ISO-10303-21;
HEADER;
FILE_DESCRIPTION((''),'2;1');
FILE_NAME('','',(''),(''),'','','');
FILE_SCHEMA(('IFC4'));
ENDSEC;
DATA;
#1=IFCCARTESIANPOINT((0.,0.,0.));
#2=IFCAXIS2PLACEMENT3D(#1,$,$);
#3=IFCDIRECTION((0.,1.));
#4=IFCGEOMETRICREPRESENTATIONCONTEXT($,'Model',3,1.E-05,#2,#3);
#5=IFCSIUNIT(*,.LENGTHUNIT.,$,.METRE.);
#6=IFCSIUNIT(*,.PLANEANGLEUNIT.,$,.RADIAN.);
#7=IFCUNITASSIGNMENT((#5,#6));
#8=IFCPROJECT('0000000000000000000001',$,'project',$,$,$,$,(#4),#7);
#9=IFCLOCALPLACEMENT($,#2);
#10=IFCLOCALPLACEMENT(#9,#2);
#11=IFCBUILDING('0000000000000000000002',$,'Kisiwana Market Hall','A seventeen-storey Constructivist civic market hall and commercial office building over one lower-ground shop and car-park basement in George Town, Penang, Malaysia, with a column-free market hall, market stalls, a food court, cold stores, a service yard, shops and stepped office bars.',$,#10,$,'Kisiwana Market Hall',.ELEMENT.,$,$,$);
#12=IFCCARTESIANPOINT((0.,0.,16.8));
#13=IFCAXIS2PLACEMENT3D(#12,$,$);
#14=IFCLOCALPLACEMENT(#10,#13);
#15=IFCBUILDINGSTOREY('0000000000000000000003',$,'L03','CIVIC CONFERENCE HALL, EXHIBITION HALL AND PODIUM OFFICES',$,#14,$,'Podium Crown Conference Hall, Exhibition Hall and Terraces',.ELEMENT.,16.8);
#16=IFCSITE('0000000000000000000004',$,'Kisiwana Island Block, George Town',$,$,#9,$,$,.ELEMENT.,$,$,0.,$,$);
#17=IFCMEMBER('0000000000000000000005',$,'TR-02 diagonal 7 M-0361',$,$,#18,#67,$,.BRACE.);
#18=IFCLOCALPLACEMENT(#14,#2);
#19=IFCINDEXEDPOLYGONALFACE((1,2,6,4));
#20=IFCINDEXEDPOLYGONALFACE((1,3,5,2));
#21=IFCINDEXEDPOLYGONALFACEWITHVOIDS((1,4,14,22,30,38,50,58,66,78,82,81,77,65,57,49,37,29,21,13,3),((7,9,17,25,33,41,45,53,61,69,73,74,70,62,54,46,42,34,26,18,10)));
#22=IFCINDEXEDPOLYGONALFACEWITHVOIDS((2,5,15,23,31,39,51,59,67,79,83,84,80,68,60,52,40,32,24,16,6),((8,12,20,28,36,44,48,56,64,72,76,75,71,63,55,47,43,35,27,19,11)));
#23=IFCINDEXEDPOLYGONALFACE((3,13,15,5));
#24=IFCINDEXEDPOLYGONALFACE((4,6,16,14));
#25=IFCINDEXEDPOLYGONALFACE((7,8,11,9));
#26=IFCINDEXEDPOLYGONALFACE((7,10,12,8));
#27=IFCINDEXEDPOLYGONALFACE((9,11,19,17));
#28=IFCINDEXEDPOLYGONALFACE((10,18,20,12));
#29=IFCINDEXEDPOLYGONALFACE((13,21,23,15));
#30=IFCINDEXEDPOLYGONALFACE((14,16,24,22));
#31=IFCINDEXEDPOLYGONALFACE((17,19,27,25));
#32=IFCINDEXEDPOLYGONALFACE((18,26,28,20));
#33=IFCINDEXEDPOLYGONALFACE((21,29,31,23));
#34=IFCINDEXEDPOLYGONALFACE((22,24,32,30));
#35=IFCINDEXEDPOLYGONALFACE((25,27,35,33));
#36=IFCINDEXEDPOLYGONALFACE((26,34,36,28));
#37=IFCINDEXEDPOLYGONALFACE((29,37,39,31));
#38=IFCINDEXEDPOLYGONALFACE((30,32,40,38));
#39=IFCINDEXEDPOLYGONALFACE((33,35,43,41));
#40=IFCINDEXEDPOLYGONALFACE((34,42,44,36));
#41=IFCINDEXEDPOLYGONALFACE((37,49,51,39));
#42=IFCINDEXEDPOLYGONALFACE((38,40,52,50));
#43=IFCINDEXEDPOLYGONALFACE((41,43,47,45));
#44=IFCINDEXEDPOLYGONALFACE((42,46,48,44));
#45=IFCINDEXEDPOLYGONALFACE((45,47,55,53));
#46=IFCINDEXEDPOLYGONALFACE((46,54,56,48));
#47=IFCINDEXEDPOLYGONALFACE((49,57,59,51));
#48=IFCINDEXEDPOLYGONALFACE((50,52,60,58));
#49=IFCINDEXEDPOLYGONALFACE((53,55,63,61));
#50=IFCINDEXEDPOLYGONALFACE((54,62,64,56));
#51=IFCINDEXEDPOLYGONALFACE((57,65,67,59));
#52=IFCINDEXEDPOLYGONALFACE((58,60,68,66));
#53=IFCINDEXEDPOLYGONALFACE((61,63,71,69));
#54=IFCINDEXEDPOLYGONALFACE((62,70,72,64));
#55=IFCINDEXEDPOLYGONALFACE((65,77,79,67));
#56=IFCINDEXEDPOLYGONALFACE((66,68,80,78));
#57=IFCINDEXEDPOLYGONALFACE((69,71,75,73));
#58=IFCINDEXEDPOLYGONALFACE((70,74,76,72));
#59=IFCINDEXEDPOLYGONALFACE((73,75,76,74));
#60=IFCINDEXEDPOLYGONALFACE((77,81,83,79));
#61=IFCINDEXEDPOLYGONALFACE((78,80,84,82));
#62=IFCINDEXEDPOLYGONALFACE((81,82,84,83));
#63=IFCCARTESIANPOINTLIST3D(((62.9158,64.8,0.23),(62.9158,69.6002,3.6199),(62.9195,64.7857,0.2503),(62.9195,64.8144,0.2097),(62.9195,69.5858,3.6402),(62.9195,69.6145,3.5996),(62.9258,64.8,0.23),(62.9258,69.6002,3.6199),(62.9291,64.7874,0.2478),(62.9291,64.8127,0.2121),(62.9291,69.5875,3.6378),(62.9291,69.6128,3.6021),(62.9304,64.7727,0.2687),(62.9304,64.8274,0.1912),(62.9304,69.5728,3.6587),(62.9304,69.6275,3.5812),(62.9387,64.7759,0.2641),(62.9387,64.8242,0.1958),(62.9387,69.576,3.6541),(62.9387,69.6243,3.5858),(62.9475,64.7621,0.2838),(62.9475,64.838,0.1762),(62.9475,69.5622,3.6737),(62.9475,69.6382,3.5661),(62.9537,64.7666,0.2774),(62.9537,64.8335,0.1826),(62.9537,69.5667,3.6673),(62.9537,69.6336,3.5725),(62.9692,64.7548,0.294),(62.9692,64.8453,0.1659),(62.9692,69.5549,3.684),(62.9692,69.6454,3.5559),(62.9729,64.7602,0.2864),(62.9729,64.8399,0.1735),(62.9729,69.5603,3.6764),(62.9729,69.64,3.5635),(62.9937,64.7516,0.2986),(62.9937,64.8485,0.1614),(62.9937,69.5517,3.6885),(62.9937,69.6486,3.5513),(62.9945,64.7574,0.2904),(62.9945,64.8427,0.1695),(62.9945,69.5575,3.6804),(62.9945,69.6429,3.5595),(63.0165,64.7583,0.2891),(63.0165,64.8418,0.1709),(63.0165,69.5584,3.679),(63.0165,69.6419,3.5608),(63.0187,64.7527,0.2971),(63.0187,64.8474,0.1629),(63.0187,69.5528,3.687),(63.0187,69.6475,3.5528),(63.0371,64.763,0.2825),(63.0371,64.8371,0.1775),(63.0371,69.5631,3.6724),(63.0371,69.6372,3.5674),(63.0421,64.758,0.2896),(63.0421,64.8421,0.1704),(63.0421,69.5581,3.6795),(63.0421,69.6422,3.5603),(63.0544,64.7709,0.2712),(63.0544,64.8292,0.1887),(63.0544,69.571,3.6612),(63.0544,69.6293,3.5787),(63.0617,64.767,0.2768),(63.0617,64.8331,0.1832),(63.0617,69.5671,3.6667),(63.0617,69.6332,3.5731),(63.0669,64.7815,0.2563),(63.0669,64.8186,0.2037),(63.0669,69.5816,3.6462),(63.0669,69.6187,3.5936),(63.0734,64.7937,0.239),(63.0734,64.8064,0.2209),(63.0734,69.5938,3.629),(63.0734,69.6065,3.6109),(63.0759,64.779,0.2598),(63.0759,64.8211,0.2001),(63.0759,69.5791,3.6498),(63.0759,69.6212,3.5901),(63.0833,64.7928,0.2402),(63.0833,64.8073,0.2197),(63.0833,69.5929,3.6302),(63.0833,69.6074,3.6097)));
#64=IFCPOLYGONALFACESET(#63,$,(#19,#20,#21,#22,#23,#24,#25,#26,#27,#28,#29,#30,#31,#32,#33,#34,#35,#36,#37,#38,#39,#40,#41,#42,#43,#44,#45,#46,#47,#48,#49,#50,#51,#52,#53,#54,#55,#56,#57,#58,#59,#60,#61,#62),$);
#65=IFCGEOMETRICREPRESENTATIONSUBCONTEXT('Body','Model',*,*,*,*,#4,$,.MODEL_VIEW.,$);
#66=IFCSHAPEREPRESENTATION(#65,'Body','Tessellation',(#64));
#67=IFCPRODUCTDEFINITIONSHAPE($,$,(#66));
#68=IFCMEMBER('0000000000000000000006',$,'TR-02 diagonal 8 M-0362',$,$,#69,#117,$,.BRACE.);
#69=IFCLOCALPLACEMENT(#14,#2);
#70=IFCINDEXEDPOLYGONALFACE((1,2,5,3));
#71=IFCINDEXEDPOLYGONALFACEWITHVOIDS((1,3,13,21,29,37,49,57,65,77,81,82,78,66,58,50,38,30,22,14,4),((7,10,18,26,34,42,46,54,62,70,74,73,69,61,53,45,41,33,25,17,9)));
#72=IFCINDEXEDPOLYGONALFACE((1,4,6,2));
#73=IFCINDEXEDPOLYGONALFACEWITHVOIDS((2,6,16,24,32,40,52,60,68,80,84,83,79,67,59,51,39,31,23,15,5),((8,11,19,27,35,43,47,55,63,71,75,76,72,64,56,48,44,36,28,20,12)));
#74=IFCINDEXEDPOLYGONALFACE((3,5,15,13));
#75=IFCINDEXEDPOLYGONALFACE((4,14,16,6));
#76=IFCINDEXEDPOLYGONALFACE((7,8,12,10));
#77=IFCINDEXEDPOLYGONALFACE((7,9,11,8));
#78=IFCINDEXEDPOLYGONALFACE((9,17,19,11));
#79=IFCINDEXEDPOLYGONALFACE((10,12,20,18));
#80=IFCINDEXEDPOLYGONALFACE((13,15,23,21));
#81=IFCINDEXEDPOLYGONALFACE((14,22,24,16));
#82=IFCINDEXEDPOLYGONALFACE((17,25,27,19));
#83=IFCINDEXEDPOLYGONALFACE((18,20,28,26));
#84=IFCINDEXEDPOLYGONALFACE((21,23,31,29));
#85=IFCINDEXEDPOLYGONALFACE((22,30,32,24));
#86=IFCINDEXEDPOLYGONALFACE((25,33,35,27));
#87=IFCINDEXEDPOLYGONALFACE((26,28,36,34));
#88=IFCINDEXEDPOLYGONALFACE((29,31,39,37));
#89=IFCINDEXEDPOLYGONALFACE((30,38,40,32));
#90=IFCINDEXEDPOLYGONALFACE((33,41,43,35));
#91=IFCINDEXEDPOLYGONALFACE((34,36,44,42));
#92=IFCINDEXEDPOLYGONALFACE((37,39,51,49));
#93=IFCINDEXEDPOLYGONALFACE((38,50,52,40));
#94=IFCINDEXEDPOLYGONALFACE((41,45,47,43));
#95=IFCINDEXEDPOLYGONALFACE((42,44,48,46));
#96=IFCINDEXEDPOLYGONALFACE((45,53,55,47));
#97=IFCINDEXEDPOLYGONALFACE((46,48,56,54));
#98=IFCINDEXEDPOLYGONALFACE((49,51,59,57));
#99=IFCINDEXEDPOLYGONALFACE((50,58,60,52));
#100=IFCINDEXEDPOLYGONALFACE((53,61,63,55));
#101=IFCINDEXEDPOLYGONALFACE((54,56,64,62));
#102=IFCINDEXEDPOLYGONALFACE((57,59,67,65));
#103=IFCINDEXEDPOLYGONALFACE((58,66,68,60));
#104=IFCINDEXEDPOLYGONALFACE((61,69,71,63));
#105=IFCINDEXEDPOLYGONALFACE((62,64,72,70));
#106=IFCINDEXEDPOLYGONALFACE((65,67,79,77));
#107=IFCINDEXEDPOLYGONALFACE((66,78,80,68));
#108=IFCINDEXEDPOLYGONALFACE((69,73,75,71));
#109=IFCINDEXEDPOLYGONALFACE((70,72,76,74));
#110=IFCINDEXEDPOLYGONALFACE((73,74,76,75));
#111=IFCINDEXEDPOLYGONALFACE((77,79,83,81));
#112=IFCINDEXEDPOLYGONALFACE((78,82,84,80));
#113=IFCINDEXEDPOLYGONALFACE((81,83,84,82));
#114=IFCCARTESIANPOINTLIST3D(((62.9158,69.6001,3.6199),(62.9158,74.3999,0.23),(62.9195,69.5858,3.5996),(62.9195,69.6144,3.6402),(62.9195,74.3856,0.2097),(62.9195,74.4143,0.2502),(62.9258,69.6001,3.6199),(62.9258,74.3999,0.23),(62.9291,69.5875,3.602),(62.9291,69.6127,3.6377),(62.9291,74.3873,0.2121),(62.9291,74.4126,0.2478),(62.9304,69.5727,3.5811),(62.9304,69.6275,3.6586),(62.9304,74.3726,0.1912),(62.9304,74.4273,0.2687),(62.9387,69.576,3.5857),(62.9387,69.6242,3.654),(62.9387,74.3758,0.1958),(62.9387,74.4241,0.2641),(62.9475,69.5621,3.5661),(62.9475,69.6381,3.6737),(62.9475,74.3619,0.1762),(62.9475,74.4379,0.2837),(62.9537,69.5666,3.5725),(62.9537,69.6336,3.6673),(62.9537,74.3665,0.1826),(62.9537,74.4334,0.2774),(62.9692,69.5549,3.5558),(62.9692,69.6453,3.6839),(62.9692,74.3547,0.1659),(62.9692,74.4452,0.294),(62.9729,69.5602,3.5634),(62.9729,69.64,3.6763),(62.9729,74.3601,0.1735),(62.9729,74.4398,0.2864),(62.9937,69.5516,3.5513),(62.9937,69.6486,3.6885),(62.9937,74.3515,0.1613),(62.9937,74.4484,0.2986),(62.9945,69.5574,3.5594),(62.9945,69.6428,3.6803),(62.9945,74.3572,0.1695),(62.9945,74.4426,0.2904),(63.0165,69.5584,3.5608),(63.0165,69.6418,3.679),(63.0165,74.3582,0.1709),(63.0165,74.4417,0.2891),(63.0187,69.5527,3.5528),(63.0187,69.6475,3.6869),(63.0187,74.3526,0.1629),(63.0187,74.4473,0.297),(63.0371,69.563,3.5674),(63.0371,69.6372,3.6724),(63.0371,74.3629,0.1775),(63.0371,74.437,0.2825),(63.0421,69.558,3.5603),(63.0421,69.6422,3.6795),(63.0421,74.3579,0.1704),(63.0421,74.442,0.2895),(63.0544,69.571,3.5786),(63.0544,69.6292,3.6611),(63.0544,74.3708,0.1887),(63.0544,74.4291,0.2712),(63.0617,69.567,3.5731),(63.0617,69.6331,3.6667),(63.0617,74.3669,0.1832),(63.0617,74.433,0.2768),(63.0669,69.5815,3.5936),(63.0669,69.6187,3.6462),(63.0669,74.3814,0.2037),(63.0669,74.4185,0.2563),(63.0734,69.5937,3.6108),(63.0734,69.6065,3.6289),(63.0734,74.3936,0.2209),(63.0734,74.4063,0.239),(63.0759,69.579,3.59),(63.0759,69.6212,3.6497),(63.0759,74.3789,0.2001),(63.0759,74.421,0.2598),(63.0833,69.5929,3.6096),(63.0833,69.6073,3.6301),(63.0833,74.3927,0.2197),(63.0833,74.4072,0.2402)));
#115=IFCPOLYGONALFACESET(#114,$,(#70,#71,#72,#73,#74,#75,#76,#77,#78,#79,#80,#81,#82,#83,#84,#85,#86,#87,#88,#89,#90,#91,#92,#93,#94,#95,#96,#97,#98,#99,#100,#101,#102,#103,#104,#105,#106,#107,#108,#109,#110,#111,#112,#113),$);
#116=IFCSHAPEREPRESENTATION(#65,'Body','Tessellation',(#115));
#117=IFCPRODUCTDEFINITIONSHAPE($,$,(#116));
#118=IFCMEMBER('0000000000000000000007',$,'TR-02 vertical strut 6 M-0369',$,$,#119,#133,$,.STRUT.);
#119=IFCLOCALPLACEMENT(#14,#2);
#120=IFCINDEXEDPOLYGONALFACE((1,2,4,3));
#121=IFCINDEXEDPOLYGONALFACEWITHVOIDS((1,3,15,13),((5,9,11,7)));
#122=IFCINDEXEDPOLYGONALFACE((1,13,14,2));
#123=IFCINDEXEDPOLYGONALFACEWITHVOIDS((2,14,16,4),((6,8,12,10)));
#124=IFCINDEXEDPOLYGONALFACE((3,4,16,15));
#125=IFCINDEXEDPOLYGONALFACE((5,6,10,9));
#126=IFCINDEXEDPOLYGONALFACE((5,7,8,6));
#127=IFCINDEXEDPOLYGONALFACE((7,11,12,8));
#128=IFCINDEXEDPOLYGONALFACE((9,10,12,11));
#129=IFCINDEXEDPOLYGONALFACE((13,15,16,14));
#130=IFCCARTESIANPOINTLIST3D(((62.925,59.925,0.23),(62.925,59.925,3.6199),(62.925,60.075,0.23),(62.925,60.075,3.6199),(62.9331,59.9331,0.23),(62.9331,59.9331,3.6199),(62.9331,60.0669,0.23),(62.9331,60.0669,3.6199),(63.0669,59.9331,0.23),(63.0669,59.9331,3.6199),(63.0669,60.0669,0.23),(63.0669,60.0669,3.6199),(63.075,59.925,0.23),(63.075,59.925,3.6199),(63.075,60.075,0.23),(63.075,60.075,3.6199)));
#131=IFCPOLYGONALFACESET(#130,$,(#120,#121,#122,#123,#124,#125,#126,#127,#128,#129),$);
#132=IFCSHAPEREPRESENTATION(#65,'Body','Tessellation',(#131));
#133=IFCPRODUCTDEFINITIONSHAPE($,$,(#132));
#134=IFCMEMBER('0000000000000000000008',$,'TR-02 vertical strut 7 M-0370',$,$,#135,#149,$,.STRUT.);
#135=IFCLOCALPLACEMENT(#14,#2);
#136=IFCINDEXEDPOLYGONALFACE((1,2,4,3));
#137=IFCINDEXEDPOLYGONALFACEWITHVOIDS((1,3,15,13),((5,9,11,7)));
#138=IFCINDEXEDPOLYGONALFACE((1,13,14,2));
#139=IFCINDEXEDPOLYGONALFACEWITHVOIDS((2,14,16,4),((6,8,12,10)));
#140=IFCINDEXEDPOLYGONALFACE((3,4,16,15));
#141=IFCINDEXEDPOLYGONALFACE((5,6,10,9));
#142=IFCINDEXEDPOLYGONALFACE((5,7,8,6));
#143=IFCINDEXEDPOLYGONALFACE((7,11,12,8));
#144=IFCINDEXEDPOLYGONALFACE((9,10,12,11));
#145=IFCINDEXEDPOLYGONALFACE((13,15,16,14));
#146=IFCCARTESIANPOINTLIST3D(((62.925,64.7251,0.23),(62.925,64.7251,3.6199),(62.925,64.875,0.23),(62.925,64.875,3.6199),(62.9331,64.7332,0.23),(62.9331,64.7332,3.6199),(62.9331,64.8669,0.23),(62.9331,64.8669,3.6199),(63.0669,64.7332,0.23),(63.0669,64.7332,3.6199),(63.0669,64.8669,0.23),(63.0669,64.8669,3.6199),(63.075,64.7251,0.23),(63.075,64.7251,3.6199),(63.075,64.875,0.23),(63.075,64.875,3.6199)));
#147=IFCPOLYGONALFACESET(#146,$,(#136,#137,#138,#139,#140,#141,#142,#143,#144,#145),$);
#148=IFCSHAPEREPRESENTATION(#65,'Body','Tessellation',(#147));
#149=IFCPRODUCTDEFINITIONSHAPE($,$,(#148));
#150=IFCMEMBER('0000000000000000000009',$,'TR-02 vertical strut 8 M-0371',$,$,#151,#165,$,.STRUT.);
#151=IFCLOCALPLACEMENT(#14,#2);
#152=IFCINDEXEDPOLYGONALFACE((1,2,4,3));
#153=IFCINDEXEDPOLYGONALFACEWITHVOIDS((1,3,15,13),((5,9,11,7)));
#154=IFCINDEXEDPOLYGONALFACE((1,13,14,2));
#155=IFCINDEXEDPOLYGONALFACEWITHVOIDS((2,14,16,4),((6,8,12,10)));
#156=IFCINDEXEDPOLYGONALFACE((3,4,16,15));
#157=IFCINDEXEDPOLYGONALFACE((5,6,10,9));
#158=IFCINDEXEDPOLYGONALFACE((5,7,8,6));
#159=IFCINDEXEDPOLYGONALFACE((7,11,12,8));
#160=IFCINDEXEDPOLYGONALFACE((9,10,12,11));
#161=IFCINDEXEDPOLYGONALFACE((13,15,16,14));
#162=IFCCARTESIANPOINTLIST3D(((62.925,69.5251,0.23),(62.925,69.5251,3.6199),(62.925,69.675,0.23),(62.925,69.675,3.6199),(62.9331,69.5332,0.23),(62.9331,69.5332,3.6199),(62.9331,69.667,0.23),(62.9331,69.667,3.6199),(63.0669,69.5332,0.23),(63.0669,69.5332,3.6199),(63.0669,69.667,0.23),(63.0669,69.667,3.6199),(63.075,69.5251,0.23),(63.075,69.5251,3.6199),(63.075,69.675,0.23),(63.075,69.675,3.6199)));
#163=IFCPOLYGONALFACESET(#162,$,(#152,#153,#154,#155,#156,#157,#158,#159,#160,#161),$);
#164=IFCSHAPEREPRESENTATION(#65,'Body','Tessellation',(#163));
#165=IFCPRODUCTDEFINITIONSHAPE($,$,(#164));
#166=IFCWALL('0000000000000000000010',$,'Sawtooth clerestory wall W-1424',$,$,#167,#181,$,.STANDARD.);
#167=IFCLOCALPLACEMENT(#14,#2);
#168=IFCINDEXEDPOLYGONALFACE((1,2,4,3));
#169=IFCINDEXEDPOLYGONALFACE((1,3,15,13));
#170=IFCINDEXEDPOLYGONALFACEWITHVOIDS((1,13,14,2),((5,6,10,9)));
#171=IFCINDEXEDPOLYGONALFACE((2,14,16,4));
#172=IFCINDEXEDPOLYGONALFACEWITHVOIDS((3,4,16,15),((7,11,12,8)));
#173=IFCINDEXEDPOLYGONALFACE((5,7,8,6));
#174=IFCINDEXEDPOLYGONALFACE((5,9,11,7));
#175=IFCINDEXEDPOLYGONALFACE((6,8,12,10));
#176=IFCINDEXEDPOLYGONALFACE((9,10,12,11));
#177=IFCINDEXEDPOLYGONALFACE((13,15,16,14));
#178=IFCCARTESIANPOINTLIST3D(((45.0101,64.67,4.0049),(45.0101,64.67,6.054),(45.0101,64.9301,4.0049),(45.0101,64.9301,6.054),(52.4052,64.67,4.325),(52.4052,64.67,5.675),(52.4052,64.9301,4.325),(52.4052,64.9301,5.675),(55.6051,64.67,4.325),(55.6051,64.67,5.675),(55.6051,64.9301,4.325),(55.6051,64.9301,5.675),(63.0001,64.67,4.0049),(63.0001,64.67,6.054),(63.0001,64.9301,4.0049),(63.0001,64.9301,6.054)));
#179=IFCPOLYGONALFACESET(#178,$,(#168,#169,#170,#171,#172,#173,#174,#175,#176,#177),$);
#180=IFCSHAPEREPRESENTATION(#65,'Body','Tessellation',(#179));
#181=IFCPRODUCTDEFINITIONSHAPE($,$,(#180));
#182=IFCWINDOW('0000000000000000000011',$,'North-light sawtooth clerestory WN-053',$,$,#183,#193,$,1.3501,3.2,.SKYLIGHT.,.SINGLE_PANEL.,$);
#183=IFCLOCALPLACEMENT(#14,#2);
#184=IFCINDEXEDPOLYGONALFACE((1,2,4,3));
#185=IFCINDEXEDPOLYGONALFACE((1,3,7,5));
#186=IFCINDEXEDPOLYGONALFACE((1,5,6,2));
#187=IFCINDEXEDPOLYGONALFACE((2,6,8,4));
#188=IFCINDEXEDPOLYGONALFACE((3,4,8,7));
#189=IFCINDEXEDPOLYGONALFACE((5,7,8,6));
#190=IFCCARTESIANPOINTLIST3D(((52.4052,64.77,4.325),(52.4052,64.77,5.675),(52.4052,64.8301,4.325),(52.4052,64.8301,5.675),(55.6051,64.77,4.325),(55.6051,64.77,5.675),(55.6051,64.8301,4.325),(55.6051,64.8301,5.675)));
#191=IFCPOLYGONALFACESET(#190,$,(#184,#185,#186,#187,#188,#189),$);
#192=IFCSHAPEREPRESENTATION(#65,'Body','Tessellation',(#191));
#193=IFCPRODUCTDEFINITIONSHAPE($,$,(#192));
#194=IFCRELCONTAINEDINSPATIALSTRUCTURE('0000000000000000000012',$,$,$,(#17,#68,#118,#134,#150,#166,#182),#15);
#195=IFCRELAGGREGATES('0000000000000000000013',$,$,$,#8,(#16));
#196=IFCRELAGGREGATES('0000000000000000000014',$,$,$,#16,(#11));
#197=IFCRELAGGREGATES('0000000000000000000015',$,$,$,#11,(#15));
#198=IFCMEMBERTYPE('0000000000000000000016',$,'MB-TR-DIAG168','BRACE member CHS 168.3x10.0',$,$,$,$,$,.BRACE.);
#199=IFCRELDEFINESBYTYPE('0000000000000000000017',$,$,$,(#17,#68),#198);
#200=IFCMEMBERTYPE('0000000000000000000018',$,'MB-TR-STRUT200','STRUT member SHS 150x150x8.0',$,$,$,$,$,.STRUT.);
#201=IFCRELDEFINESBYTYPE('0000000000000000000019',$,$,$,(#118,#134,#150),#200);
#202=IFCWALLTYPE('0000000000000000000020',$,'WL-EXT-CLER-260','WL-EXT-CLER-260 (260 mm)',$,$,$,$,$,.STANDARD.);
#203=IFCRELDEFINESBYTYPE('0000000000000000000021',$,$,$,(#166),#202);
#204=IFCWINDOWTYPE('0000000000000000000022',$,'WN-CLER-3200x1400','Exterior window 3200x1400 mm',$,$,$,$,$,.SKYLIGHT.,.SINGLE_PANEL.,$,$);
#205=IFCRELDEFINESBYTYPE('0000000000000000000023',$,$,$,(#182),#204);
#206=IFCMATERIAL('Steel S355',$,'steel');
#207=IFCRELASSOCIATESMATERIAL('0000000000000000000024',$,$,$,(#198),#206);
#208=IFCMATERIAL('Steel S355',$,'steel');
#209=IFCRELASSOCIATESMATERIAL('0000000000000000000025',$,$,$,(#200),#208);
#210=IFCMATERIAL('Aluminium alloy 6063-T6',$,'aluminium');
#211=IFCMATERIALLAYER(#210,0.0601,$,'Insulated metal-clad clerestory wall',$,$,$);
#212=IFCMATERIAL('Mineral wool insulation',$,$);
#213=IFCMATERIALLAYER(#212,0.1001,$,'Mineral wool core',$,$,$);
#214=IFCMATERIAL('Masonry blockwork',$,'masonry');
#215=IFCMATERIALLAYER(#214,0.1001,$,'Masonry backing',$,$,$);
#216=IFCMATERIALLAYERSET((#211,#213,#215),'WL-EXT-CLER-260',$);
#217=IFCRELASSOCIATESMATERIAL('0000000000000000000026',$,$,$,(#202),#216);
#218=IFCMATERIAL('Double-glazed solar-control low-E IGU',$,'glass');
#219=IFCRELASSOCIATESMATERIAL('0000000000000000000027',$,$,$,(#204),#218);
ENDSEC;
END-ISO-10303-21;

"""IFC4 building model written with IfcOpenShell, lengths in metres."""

from ifc_helpers import new_model, si_unit, direction, frame, frame_2d, origin, origin_2d, place, context, subcontext, project, spatial, rectangle, hollow_rectangle, hollow_circle, extrude, material, layer, layer_set, material_profile, profile_set, type_object, element, fill, save


model = new_model("IFC4")

# Units and contexts
model_context = context("Model", 3, precision=1e-05, world=origin(), true_north=direction((0.0, 1.0)))
body_context = subcontext(model_context, "Body", "Model", "MODEL_VIEW")
ifc_project = project(units=[si_unit("LENGTHUNIT", "METRE"), si_unit("PLANEANGLEUNIT", "RADIAN")], contexts=[model_context])

# Site, building, storey
site_placement = place(None, origin())
site = spatial("IfcSite", under=ifc_project, at=site_placement, Name="Kisiwana Island Block, George Town", CompositionType="ELEMENT", RefElevation=0.0)
building_placement = place(site_placement, origin())
building = spatial("IfcBuilding", under=site, at=building_placement, Name="Kisiwana Market Hall", Description="A seventeen-storey Constructivist civic market hall and commercial office building over one lower-ground shop and car-park basement in George Town, Penang, Malaysia, with a column-free market hall, market stalls, a food court, cold stores, a service yard, shops and stepped office bars.", LongName="Kisiwana Market Hall", CompositionType="ELEMENT")
storey_placement = place(building_placement, frame((0.0, 0.0, 16.8)))
storey = spatial("IfcBuildingStorey", under=building, at=storey_placement, Name="L03", Description="CIVIC CONFERENCE HALL, EXHIBITION HALL AND PODIUM OFFICES", LongName="Podium Crown Conference Hall, Exhibition Hall and Terraces", CompositionType="ELEMENT", Elevation=16.8)

# Members
ifc_material_1 = material(Name="Steel S355", Category="steel")
ifc_material_profile_1 = material_profile(ifc_material_1, hollow_circle(Radius=0.0842, WallThickness=0.01, at=origin_2d()), Name="CHS 168.3x10.0")
ifc_profile_set_1 = profile_set([ifc_material_profile_1], Name="Steel S355")
member_type_1 = type_object("IfcMemberType", Name="MB-TR-DIAG168", Description="BRACE member CHS 168.3x10.0", PredefinedType="BRACE", material=ifc_profile_set_1)
for number, where, z_axis, x_axis, name in (
    (1, (63.0, 64.8, 0.23), (0.0, 0.816838, 0.576868), (-1.0, 0.0, 0.0), "TR-02 diagonal 7 M-0361"),
):
    element("IfcMember", number, at=place(storey_placement, frame(where, z_axis=z_axis, x_axis=x_axis)), inside=storey, type_object=member_type_1, Name=name, PredefinedType="BRACE", context=body_context, shape_type="SweptSolid", body=[
        extrude(hollow_circle(Radius=0.0842, WallThickness=0.01, at=origin_2d()), origin(), (0.0, 0.0, 1.0), 5.8765),
    ])
member_1_placement = place(storey_placement, frame((63.0, 69.6001, 3.6199), z_axis=(0.0, 0.816824, -0.576887), x_axis=(-1.0, 0.0, 0.0)))
element("IfcMember", 2, at=member_1_placement, inside=storey, type_object=member_type_1, Name="TR-02 diagonal 8 M-0362", PredefinedType="BRACE", context=body_context, shape_type="SweptSolid", body=[
    extrude(hollow_circle(Radius=0.0842, WallThickness=0.01, at=origin_2d()), origin(), (0.0, 0.0, 1.0), 5.8762),
])
ifc_material_2 = material(Name="Steel S355", Category="steel")
ifc_material_profile_2 = material_profile(ifc_material_2, hollow_rectangle(XDim=0.1499, YDim=0.1499, WallThickness=0.0081, at=origin_2d()), Name="SHS 150x150x8.0")
ifc_profile_set_2 = profile_set([ifc_material_profile_2], Name="Steel S355")
member_type_2 = type_object("IfcMemberType", Name="MB-TR-STRUT200", Description="STRUT member SHS 150x150x8.0", PredefinedType="STRUT", material=ifc_profile_set_2)
for number, where, z_axis, x_axis, name in (
    (3, (63.0, 60.0, 0.23), (0.0, 0.0, 1.0), (1.0, 0.0, 0.0), "TR-02 vertical strut 6 M-0369"),
    (4, (63.0, 64.8, 0.23), (0.0, 0.0, 1.0), (1.0, 0.0, 0.0), "TR-02 vertical strut 7 M-0370"),
    (5, (63.0, 69.6001, 0.23), (0.0, 0.0, 1.0), (1.0, 0.0, 0.0), "TR-02 vertical strut 8 M-0371"),
):
    element("IfcMember", number, at=place(storey_placement, frame(where, z_axis=z_axis, x_axis=x_axis)), inside=storey, type_object=member_type_2, Name=name, PredefinedType="STRUT", context=body_context, shape_type="SweptSolid", body=[
        extrude(hollow_rectangle(XDim=0.1499, YDim=0.1499, WallThickness=0.0081, at=origin_2d()), origin(), (0.0, 0.0, 1.0), 3.3899),
    ])

# Wall, opening, window
ifc_material_3 = material(Name="Aluminium alloy 6063-T6", Category="aluminium")
ifc_layer_1 = layer(ifc_material_3, 0.0601, Name="Insulated metal-clad clerestory wall")
ifc_material_4 = material(Name="Mineral wool insulation")
ifc_layer_2 = layer(ifc_material_4, 0.1001, Name="Mineral wool core")
ifc_material_5 = material(Name="Masonry blockwork", Category="masonry")
ifc_layer_3 = layer(ifc_material_5, 0.1001, Name="Masonry backing")
ifc_layer_set = layer_set([ifc_layer_1, ifc_layer_2, ifc_layer_3], Name="WL-EXT-CLER-260")
wall_type = type_object("IfcWallType", Name="WL-EXT-CLER-260", Description="WL-EXT-CLER-260 (260 mm)", PredefinedType="STANDARD", material=ifc_layer_set)
wall_1_placement = place(storey_placement, frame((45.01, 64.8, 4.0049), z_axis=(0.0, 0.0, 1.0), x_axis=(1.0, 0.0, 0.0)))
wall_1 = element("IfcWall", 6, at=wall_1_placement, inside=storey, type_object=wall_type, Name="Sawtooth clerestory wall W-1424", PredefinedType="STANDARD", context=body_context, shape_type="SweptSolid", body=[
    extrude(rectangle(XDim=17.99, YDim=0.26, at=frame_2d((8.9951, 0.0))), origin(), (0.0, 0.0, 1.0), 2.0491),
])
opening_1_placement = place(wall_1_placement, frame((7.395, 0.0, 0.3201)))
opening_1 = element("IfcOpeningElement", 7, at=opening_1_placement, cuts=wall_1, PredefinedType="OPENING", context=body_context, shape_type="SweptSolid", body=[
    extrude(rectangle(XDim=3.2, YDim=1.3501, at=frame_2d((1.6001, 0.675))), frame((0.0, 0.1421, 0.0), z_axis=(0.0, -1.0, 0.0), x_axis=(1.0, 0.0, 0.0)), (0.0, 0.0, 1.0), 0.2839),
])
ifc_material_6 = material(Name="Double-glazed solar-control low-E IGU", Category="glass")
window_type_1 = type_object("IfcWindowType", Name="WN-CLER-3200x1400", Description="Exterior window 3200x1400 mm", PartitioningType="SINGLE_PANEL", PredefinedType="SKYLIGHT", material=ifc_material_6)
window_1_placement = place(opening_1_placement, origin())
window_1 = element("IfcWindow", 8, at=window_1_placement, inside=storey, type_object=window_type_1, Name="North-light sawtooth clerestory WN-053", OverallHeight=1.3501, OverallWidth=3.2, PartitioningType="SINGLE_PANEL", PredefinedType="SKYLIGHT", context=body_context, shape_type="SweptSolid", body=[
    extrude(rectangle(XDim=3.2, YDim=1.3501, at=frame_2d((1.6001, 0.675))), frame((0.0, 0.03, 0.0), z_axis=(0.0, -1.0, 0.0), x_axis=(1.0, 0.0, 0.0)), (0.0, 0.0, 1.0), 0.0601),
])
fill(opening_1, window_1)

save(model, "model.ifc")
